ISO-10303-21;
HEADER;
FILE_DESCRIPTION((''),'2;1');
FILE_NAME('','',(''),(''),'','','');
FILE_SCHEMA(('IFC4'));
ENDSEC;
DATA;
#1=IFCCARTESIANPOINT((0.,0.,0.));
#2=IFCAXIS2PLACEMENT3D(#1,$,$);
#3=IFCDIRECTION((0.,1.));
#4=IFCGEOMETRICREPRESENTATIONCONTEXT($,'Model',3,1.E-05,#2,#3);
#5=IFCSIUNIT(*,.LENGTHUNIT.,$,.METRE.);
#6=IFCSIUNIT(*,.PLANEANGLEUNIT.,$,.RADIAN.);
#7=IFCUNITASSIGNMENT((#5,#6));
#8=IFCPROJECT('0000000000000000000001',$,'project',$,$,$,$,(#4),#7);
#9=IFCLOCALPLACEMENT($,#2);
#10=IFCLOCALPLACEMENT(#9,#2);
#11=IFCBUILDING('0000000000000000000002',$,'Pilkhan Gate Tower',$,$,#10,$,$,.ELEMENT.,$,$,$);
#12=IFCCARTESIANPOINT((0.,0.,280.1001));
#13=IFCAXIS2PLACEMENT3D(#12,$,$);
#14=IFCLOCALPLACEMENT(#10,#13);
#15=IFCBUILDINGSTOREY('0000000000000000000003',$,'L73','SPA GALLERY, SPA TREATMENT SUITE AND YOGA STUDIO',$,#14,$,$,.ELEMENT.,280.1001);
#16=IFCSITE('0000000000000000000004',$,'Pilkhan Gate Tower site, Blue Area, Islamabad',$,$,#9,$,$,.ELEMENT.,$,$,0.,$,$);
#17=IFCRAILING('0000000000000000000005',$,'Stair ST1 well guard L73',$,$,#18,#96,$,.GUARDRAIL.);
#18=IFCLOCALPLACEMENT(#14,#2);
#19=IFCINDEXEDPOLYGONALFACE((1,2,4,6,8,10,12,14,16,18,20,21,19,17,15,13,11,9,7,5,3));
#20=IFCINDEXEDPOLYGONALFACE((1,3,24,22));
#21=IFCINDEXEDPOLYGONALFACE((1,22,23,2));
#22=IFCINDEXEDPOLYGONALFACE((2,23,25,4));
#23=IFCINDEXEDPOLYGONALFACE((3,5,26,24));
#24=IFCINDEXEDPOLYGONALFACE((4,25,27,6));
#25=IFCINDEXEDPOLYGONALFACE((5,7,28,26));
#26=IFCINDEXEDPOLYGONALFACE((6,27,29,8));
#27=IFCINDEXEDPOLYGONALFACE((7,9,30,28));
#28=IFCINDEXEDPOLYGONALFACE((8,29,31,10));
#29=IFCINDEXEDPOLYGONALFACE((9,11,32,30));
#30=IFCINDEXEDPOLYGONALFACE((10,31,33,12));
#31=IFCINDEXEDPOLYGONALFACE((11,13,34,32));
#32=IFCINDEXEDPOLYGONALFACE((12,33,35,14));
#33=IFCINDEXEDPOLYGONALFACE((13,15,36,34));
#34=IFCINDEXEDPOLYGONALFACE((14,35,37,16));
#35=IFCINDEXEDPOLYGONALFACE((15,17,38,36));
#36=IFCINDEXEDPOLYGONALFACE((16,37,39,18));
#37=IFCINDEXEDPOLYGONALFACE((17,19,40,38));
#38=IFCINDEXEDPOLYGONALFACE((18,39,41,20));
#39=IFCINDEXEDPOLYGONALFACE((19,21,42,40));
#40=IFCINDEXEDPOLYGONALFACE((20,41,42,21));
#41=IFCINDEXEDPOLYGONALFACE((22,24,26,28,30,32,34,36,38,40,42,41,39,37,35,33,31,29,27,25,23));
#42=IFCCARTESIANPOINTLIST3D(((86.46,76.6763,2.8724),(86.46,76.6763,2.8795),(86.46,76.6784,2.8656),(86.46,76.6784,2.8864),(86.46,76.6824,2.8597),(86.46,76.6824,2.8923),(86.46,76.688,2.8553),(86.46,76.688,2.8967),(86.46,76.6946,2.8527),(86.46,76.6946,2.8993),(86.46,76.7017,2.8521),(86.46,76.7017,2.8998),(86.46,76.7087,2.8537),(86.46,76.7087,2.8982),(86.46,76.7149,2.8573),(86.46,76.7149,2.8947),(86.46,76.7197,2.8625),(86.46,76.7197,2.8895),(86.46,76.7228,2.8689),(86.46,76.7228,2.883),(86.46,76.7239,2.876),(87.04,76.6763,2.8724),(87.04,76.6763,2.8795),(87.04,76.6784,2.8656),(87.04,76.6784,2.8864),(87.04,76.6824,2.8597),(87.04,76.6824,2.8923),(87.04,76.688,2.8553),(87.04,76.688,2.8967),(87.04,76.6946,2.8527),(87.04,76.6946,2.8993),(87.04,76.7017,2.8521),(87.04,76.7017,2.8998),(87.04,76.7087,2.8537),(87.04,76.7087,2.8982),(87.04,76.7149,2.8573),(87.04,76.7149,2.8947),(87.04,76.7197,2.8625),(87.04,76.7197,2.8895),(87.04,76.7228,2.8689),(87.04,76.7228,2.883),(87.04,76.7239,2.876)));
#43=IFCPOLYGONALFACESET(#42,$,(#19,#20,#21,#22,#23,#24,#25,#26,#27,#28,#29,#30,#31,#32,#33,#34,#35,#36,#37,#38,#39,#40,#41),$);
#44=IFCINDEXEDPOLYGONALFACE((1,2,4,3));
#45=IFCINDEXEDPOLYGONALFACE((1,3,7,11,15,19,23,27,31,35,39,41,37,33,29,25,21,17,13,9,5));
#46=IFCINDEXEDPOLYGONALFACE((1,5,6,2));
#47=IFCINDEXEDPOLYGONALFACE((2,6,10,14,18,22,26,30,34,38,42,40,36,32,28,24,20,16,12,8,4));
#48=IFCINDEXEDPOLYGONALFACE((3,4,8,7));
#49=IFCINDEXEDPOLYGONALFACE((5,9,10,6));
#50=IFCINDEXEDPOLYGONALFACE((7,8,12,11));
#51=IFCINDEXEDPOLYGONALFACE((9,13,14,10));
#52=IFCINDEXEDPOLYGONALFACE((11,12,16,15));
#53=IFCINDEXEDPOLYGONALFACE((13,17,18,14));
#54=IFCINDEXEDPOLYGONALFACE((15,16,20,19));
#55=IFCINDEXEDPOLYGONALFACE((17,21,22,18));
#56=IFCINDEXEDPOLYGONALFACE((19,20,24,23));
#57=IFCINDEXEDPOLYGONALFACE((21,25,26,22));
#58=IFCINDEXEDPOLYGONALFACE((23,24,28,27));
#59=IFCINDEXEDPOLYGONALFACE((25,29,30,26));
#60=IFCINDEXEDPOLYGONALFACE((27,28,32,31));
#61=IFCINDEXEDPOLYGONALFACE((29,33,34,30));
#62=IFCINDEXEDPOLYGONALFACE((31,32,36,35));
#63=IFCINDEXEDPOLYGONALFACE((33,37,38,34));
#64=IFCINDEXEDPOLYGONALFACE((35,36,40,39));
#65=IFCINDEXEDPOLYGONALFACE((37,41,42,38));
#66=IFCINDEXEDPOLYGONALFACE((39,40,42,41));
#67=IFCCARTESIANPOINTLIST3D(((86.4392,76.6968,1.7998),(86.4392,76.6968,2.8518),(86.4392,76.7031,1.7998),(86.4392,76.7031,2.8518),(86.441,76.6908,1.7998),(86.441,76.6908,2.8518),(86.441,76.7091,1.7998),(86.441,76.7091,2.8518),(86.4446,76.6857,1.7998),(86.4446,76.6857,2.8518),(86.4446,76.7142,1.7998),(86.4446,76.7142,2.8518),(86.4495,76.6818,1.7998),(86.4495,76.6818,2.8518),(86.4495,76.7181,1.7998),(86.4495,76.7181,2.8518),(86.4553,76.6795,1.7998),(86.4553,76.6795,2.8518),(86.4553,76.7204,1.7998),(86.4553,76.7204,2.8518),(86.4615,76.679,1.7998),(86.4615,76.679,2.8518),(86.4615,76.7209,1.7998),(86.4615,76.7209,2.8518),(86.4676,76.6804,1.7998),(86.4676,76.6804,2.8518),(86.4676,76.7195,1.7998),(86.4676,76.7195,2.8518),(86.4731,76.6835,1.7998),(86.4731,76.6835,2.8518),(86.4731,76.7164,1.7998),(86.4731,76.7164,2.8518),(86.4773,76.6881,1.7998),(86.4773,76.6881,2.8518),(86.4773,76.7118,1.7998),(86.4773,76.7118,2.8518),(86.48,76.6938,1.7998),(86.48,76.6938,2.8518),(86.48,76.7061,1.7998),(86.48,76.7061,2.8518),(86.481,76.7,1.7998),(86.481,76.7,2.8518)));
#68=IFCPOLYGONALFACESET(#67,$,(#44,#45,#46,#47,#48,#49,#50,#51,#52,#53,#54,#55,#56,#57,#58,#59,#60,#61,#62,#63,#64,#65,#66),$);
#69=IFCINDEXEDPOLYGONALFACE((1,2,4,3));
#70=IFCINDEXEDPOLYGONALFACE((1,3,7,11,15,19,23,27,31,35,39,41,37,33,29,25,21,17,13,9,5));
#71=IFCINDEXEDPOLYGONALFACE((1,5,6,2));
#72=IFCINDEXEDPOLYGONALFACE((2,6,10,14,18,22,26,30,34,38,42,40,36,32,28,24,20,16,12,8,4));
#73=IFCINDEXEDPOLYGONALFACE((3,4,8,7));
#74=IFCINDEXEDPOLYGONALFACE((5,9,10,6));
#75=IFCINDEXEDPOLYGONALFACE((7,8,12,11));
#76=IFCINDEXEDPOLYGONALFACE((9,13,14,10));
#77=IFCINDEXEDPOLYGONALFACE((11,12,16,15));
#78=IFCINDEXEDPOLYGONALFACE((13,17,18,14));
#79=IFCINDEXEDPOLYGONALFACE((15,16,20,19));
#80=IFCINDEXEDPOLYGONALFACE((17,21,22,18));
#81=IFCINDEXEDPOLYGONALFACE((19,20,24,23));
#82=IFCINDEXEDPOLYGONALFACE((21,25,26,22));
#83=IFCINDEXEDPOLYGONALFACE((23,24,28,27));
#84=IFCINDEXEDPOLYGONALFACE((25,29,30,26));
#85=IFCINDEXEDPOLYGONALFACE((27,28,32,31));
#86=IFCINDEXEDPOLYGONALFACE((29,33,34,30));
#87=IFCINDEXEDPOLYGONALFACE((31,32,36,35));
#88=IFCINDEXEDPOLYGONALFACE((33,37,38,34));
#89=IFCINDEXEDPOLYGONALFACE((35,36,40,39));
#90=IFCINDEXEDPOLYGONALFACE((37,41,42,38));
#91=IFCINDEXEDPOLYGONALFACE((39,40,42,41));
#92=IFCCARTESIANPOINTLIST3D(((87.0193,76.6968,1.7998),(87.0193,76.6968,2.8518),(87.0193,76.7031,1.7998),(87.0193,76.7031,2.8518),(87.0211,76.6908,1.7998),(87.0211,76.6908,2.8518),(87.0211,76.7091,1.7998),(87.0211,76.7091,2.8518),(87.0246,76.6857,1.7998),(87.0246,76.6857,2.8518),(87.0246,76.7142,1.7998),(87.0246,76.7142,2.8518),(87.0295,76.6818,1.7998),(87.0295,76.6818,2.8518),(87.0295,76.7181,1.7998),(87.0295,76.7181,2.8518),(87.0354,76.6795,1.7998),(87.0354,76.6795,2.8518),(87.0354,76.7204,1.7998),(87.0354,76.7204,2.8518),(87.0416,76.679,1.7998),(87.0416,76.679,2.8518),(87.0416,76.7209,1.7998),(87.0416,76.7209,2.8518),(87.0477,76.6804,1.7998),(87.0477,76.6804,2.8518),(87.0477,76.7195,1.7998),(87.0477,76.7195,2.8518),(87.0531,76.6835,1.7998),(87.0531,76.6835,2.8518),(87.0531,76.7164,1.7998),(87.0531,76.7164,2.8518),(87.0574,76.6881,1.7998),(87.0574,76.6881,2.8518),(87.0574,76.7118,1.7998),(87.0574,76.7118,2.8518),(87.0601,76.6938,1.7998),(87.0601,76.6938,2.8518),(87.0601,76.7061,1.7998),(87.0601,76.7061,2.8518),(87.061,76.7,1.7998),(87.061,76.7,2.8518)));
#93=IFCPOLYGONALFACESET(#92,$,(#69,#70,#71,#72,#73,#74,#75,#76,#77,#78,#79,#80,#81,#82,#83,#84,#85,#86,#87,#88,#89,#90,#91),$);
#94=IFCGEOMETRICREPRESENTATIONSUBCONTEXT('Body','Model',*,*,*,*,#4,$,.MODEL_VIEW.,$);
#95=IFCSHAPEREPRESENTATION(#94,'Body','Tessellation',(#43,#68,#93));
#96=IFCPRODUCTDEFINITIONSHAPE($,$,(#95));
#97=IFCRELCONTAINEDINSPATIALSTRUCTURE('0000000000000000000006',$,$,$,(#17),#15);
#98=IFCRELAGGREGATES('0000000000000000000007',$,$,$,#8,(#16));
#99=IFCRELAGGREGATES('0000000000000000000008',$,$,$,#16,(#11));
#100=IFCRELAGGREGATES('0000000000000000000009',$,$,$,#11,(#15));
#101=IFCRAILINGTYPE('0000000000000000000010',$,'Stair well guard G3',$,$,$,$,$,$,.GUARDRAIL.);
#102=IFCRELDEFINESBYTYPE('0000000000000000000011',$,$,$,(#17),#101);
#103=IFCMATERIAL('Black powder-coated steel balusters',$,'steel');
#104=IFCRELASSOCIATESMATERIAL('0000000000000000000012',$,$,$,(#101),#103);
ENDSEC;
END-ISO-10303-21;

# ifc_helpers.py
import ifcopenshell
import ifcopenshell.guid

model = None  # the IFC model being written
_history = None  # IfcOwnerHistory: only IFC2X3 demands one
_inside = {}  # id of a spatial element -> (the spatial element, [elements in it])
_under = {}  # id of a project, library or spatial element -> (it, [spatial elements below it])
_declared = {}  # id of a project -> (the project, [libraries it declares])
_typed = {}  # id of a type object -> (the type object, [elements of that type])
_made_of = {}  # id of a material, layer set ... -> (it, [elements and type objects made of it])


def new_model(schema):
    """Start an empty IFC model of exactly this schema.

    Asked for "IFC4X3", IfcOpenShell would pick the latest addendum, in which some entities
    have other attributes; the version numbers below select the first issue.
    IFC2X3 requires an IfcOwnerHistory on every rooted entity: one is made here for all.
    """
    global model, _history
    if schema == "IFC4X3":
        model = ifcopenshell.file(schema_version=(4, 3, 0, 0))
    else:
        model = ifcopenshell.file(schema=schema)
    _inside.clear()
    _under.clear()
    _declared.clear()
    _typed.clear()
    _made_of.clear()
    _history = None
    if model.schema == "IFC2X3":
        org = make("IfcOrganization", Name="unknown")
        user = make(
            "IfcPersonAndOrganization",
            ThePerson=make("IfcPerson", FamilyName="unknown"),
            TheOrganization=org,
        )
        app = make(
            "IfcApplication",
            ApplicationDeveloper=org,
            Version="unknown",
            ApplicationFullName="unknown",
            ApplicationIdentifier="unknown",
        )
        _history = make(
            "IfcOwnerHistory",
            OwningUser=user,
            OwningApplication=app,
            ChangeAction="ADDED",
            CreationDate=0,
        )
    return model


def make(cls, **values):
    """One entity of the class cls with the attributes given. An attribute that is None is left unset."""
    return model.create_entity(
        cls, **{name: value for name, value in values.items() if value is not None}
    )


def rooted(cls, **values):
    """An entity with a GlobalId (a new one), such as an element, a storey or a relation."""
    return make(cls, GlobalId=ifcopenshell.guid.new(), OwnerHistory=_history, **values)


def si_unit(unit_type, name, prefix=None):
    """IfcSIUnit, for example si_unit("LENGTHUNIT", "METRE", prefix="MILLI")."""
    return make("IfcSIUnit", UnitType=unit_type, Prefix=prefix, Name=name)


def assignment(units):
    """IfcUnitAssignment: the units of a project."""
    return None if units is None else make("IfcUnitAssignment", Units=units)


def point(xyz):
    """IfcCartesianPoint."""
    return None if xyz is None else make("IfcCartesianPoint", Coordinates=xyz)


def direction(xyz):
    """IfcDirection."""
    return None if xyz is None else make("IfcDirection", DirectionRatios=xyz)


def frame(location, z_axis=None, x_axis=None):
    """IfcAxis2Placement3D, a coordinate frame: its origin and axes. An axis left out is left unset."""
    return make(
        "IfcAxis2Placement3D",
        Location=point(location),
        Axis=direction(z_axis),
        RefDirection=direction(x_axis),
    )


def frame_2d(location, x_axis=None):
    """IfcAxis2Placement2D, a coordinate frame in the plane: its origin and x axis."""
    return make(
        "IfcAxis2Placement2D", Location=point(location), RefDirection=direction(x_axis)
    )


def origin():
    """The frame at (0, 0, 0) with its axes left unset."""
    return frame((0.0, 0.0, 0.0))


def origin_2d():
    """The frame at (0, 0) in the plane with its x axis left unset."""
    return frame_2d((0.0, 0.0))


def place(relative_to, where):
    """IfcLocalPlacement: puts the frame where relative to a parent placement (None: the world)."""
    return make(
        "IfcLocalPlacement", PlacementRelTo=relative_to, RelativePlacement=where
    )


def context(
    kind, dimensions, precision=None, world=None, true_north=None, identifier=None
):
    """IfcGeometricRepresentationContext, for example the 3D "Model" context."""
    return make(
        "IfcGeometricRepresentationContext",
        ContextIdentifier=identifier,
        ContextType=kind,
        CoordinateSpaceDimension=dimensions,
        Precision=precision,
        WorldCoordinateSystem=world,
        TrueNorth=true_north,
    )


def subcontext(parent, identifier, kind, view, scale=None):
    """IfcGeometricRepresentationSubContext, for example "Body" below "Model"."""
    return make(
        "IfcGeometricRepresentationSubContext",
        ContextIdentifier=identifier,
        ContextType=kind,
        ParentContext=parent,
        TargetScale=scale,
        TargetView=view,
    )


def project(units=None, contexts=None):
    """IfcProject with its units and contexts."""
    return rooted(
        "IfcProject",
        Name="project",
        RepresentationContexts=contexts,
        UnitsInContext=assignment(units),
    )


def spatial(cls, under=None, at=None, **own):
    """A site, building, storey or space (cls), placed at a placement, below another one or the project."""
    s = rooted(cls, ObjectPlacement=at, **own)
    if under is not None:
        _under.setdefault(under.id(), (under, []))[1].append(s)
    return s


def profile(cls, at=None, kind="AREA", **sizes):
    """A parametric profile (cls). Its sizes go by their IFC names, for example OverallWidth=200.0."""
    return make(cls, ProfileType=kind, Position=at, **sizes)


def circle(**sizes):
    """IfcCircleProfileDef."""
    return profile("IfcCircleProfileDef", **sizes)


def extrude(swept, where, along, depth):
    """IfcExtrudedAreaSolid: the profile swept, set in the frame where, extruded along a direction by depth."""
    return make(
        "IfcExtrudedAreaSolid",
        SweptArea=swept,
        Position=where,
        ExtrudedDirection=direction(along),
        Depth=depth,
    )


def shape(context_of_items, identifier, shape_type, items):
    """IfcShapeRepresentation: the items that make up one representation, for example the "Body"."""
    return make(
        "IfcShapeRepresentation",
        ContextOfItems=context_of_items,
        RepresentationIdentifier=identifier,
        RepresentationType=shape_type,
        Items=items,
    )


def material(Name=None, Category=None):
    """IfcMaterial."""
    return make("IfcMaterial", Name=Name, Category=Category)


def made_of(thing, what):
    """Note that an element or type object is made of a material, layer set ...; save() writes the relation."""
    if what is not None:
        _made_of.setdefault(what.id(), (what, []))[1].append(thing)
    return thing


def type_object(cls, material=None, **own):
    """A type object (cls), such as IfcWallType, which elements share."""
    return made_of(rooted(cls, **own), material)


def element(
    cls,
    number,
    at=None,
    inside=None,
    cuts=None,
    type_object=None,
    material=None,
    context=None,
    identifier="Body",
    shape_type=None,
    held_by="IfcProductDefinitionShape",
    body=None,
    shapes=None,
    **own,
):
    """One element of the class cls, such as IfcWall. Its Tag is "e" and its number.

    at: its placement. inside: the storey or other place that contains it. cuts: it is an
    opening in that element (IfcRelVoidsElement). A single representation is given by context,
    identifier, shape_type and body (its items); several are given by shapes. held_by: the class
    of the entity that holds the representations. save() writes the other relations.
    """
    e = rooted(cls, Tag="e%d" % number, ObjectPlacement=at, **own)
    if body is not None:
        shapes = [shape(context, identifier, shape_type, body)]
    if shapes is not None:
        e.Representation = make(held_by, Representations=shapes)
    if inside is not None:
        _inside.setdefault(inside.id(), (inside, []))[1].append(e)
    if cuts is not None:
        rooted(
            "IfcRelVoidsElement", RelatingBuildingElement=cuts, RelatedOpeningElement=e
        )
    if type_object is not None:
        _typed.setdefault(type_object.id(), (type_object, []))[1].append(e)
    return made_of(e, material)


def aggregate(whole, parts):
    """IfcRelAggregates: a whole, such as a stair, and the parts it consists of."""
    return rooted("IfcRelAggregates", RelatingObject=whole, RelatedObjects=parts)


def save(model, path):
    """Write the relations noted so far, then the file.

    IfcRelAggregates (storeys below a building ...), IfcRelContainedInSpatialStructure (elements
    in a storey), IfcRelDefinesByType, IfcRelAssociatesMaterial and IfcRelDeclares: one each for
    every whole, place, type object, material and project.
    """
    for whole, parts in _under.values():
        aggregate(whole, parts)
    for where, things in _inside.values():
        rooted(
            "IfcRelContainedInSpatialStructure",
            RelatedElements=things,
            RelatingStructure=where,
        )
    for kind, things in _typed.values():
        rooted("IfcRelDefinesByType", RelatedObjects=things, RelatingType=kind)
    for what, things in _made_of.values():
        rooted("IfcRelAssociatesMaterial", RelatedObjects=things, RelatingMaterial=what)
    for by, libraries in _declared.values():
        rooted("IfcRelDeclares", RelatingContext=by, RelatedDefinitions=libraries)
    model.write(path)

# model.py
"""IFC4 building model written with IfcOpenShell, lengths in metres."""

from ifc_helpers import new_model, si_unit, direction, frame, origin, origin_2d, place, context, subcontext, project, spatial, circle, extrude, material, type_object, element, save


model = new_model("IFC4")

# Units and contexts
model_context = context("Model", 3, precision=1e-05, world=origin(), true_north=direction((0.0, 1.0)))
body_context = subcontext(model_context, "Body", "Model", "MODEL_VIEW")
ifc_project = project(units=[si_unit("LENGTHUNIT", "METRE"), si_unit("PLANEANGLEUNIT", "RADIAN")], contexts=[model_context])

# Site, building, storey
site_placement = place(None, origin())
site = spatial("IfcSite", under=ifc_project, at=site_placement, Name="Pilkhan Gate Tower site, Blue Area, Islamabad", CompositionType="ELEMENT", RefElevation=0.0)
building_placement = place(site_placement, origin())
building = spatial("IfcBuilding", under=site, at=building_placement, Name="Pilkhan Gate Tower", CompositionType="ELEMENT")
storey_placement = place(building_placement, frame((0.0, 0.0, 280.1001)))
storey = spatial("IfcBuildingStorey", under=building, at=storey_placement, Name="L73", Description="SPA GALLERY, SPA TREATMENT SUITE AND YOGA STUDIO", CompositionType="ELEMENT", Elevation=280.1001)

# Railing
ifc_material_1 = material(Name="Black powder-coated steel balusters", Category="steel")
railing_type_1 = type_object("IfcRailingType", Name="Stair well guard G3", PredefinedType="GUARDRAIL", material=ifc_material_1)
for number, where, name in (
    (1, (86.46, 76.7, 1.7998), "Stair ST1 well guard L73"),
):
    element("IfcRailing", number, at=place(storey_placement, frame(where)), inside=storey, type_object=railing_type_1, Name=name, PredefinedType="GUARDRAIL", context=body_context, shape_type="SweptSolid", body=[
        extrude(circle(Radius=0.0239, at=origin_2d()), frame((0.0, 0.0, 1.0762), z_axis=(1.0, 0.0, 0.0), x_axis=(0.0, 1.0, 0.0)), (0.0, 0.0, 1.0), 0.5801),
        extrude(circle(Radius=0.021, at=origin_2d()), origin(), (0.0, 0.0, 1.0), 1.052),
        extrude(circle(Radius=0.021, at=origin_2d()), frame((0.5801, 0.0, 0.0)), (0.0, 0.0, 1.0), 1.052),
    ])

save(model, "model.ifc")
